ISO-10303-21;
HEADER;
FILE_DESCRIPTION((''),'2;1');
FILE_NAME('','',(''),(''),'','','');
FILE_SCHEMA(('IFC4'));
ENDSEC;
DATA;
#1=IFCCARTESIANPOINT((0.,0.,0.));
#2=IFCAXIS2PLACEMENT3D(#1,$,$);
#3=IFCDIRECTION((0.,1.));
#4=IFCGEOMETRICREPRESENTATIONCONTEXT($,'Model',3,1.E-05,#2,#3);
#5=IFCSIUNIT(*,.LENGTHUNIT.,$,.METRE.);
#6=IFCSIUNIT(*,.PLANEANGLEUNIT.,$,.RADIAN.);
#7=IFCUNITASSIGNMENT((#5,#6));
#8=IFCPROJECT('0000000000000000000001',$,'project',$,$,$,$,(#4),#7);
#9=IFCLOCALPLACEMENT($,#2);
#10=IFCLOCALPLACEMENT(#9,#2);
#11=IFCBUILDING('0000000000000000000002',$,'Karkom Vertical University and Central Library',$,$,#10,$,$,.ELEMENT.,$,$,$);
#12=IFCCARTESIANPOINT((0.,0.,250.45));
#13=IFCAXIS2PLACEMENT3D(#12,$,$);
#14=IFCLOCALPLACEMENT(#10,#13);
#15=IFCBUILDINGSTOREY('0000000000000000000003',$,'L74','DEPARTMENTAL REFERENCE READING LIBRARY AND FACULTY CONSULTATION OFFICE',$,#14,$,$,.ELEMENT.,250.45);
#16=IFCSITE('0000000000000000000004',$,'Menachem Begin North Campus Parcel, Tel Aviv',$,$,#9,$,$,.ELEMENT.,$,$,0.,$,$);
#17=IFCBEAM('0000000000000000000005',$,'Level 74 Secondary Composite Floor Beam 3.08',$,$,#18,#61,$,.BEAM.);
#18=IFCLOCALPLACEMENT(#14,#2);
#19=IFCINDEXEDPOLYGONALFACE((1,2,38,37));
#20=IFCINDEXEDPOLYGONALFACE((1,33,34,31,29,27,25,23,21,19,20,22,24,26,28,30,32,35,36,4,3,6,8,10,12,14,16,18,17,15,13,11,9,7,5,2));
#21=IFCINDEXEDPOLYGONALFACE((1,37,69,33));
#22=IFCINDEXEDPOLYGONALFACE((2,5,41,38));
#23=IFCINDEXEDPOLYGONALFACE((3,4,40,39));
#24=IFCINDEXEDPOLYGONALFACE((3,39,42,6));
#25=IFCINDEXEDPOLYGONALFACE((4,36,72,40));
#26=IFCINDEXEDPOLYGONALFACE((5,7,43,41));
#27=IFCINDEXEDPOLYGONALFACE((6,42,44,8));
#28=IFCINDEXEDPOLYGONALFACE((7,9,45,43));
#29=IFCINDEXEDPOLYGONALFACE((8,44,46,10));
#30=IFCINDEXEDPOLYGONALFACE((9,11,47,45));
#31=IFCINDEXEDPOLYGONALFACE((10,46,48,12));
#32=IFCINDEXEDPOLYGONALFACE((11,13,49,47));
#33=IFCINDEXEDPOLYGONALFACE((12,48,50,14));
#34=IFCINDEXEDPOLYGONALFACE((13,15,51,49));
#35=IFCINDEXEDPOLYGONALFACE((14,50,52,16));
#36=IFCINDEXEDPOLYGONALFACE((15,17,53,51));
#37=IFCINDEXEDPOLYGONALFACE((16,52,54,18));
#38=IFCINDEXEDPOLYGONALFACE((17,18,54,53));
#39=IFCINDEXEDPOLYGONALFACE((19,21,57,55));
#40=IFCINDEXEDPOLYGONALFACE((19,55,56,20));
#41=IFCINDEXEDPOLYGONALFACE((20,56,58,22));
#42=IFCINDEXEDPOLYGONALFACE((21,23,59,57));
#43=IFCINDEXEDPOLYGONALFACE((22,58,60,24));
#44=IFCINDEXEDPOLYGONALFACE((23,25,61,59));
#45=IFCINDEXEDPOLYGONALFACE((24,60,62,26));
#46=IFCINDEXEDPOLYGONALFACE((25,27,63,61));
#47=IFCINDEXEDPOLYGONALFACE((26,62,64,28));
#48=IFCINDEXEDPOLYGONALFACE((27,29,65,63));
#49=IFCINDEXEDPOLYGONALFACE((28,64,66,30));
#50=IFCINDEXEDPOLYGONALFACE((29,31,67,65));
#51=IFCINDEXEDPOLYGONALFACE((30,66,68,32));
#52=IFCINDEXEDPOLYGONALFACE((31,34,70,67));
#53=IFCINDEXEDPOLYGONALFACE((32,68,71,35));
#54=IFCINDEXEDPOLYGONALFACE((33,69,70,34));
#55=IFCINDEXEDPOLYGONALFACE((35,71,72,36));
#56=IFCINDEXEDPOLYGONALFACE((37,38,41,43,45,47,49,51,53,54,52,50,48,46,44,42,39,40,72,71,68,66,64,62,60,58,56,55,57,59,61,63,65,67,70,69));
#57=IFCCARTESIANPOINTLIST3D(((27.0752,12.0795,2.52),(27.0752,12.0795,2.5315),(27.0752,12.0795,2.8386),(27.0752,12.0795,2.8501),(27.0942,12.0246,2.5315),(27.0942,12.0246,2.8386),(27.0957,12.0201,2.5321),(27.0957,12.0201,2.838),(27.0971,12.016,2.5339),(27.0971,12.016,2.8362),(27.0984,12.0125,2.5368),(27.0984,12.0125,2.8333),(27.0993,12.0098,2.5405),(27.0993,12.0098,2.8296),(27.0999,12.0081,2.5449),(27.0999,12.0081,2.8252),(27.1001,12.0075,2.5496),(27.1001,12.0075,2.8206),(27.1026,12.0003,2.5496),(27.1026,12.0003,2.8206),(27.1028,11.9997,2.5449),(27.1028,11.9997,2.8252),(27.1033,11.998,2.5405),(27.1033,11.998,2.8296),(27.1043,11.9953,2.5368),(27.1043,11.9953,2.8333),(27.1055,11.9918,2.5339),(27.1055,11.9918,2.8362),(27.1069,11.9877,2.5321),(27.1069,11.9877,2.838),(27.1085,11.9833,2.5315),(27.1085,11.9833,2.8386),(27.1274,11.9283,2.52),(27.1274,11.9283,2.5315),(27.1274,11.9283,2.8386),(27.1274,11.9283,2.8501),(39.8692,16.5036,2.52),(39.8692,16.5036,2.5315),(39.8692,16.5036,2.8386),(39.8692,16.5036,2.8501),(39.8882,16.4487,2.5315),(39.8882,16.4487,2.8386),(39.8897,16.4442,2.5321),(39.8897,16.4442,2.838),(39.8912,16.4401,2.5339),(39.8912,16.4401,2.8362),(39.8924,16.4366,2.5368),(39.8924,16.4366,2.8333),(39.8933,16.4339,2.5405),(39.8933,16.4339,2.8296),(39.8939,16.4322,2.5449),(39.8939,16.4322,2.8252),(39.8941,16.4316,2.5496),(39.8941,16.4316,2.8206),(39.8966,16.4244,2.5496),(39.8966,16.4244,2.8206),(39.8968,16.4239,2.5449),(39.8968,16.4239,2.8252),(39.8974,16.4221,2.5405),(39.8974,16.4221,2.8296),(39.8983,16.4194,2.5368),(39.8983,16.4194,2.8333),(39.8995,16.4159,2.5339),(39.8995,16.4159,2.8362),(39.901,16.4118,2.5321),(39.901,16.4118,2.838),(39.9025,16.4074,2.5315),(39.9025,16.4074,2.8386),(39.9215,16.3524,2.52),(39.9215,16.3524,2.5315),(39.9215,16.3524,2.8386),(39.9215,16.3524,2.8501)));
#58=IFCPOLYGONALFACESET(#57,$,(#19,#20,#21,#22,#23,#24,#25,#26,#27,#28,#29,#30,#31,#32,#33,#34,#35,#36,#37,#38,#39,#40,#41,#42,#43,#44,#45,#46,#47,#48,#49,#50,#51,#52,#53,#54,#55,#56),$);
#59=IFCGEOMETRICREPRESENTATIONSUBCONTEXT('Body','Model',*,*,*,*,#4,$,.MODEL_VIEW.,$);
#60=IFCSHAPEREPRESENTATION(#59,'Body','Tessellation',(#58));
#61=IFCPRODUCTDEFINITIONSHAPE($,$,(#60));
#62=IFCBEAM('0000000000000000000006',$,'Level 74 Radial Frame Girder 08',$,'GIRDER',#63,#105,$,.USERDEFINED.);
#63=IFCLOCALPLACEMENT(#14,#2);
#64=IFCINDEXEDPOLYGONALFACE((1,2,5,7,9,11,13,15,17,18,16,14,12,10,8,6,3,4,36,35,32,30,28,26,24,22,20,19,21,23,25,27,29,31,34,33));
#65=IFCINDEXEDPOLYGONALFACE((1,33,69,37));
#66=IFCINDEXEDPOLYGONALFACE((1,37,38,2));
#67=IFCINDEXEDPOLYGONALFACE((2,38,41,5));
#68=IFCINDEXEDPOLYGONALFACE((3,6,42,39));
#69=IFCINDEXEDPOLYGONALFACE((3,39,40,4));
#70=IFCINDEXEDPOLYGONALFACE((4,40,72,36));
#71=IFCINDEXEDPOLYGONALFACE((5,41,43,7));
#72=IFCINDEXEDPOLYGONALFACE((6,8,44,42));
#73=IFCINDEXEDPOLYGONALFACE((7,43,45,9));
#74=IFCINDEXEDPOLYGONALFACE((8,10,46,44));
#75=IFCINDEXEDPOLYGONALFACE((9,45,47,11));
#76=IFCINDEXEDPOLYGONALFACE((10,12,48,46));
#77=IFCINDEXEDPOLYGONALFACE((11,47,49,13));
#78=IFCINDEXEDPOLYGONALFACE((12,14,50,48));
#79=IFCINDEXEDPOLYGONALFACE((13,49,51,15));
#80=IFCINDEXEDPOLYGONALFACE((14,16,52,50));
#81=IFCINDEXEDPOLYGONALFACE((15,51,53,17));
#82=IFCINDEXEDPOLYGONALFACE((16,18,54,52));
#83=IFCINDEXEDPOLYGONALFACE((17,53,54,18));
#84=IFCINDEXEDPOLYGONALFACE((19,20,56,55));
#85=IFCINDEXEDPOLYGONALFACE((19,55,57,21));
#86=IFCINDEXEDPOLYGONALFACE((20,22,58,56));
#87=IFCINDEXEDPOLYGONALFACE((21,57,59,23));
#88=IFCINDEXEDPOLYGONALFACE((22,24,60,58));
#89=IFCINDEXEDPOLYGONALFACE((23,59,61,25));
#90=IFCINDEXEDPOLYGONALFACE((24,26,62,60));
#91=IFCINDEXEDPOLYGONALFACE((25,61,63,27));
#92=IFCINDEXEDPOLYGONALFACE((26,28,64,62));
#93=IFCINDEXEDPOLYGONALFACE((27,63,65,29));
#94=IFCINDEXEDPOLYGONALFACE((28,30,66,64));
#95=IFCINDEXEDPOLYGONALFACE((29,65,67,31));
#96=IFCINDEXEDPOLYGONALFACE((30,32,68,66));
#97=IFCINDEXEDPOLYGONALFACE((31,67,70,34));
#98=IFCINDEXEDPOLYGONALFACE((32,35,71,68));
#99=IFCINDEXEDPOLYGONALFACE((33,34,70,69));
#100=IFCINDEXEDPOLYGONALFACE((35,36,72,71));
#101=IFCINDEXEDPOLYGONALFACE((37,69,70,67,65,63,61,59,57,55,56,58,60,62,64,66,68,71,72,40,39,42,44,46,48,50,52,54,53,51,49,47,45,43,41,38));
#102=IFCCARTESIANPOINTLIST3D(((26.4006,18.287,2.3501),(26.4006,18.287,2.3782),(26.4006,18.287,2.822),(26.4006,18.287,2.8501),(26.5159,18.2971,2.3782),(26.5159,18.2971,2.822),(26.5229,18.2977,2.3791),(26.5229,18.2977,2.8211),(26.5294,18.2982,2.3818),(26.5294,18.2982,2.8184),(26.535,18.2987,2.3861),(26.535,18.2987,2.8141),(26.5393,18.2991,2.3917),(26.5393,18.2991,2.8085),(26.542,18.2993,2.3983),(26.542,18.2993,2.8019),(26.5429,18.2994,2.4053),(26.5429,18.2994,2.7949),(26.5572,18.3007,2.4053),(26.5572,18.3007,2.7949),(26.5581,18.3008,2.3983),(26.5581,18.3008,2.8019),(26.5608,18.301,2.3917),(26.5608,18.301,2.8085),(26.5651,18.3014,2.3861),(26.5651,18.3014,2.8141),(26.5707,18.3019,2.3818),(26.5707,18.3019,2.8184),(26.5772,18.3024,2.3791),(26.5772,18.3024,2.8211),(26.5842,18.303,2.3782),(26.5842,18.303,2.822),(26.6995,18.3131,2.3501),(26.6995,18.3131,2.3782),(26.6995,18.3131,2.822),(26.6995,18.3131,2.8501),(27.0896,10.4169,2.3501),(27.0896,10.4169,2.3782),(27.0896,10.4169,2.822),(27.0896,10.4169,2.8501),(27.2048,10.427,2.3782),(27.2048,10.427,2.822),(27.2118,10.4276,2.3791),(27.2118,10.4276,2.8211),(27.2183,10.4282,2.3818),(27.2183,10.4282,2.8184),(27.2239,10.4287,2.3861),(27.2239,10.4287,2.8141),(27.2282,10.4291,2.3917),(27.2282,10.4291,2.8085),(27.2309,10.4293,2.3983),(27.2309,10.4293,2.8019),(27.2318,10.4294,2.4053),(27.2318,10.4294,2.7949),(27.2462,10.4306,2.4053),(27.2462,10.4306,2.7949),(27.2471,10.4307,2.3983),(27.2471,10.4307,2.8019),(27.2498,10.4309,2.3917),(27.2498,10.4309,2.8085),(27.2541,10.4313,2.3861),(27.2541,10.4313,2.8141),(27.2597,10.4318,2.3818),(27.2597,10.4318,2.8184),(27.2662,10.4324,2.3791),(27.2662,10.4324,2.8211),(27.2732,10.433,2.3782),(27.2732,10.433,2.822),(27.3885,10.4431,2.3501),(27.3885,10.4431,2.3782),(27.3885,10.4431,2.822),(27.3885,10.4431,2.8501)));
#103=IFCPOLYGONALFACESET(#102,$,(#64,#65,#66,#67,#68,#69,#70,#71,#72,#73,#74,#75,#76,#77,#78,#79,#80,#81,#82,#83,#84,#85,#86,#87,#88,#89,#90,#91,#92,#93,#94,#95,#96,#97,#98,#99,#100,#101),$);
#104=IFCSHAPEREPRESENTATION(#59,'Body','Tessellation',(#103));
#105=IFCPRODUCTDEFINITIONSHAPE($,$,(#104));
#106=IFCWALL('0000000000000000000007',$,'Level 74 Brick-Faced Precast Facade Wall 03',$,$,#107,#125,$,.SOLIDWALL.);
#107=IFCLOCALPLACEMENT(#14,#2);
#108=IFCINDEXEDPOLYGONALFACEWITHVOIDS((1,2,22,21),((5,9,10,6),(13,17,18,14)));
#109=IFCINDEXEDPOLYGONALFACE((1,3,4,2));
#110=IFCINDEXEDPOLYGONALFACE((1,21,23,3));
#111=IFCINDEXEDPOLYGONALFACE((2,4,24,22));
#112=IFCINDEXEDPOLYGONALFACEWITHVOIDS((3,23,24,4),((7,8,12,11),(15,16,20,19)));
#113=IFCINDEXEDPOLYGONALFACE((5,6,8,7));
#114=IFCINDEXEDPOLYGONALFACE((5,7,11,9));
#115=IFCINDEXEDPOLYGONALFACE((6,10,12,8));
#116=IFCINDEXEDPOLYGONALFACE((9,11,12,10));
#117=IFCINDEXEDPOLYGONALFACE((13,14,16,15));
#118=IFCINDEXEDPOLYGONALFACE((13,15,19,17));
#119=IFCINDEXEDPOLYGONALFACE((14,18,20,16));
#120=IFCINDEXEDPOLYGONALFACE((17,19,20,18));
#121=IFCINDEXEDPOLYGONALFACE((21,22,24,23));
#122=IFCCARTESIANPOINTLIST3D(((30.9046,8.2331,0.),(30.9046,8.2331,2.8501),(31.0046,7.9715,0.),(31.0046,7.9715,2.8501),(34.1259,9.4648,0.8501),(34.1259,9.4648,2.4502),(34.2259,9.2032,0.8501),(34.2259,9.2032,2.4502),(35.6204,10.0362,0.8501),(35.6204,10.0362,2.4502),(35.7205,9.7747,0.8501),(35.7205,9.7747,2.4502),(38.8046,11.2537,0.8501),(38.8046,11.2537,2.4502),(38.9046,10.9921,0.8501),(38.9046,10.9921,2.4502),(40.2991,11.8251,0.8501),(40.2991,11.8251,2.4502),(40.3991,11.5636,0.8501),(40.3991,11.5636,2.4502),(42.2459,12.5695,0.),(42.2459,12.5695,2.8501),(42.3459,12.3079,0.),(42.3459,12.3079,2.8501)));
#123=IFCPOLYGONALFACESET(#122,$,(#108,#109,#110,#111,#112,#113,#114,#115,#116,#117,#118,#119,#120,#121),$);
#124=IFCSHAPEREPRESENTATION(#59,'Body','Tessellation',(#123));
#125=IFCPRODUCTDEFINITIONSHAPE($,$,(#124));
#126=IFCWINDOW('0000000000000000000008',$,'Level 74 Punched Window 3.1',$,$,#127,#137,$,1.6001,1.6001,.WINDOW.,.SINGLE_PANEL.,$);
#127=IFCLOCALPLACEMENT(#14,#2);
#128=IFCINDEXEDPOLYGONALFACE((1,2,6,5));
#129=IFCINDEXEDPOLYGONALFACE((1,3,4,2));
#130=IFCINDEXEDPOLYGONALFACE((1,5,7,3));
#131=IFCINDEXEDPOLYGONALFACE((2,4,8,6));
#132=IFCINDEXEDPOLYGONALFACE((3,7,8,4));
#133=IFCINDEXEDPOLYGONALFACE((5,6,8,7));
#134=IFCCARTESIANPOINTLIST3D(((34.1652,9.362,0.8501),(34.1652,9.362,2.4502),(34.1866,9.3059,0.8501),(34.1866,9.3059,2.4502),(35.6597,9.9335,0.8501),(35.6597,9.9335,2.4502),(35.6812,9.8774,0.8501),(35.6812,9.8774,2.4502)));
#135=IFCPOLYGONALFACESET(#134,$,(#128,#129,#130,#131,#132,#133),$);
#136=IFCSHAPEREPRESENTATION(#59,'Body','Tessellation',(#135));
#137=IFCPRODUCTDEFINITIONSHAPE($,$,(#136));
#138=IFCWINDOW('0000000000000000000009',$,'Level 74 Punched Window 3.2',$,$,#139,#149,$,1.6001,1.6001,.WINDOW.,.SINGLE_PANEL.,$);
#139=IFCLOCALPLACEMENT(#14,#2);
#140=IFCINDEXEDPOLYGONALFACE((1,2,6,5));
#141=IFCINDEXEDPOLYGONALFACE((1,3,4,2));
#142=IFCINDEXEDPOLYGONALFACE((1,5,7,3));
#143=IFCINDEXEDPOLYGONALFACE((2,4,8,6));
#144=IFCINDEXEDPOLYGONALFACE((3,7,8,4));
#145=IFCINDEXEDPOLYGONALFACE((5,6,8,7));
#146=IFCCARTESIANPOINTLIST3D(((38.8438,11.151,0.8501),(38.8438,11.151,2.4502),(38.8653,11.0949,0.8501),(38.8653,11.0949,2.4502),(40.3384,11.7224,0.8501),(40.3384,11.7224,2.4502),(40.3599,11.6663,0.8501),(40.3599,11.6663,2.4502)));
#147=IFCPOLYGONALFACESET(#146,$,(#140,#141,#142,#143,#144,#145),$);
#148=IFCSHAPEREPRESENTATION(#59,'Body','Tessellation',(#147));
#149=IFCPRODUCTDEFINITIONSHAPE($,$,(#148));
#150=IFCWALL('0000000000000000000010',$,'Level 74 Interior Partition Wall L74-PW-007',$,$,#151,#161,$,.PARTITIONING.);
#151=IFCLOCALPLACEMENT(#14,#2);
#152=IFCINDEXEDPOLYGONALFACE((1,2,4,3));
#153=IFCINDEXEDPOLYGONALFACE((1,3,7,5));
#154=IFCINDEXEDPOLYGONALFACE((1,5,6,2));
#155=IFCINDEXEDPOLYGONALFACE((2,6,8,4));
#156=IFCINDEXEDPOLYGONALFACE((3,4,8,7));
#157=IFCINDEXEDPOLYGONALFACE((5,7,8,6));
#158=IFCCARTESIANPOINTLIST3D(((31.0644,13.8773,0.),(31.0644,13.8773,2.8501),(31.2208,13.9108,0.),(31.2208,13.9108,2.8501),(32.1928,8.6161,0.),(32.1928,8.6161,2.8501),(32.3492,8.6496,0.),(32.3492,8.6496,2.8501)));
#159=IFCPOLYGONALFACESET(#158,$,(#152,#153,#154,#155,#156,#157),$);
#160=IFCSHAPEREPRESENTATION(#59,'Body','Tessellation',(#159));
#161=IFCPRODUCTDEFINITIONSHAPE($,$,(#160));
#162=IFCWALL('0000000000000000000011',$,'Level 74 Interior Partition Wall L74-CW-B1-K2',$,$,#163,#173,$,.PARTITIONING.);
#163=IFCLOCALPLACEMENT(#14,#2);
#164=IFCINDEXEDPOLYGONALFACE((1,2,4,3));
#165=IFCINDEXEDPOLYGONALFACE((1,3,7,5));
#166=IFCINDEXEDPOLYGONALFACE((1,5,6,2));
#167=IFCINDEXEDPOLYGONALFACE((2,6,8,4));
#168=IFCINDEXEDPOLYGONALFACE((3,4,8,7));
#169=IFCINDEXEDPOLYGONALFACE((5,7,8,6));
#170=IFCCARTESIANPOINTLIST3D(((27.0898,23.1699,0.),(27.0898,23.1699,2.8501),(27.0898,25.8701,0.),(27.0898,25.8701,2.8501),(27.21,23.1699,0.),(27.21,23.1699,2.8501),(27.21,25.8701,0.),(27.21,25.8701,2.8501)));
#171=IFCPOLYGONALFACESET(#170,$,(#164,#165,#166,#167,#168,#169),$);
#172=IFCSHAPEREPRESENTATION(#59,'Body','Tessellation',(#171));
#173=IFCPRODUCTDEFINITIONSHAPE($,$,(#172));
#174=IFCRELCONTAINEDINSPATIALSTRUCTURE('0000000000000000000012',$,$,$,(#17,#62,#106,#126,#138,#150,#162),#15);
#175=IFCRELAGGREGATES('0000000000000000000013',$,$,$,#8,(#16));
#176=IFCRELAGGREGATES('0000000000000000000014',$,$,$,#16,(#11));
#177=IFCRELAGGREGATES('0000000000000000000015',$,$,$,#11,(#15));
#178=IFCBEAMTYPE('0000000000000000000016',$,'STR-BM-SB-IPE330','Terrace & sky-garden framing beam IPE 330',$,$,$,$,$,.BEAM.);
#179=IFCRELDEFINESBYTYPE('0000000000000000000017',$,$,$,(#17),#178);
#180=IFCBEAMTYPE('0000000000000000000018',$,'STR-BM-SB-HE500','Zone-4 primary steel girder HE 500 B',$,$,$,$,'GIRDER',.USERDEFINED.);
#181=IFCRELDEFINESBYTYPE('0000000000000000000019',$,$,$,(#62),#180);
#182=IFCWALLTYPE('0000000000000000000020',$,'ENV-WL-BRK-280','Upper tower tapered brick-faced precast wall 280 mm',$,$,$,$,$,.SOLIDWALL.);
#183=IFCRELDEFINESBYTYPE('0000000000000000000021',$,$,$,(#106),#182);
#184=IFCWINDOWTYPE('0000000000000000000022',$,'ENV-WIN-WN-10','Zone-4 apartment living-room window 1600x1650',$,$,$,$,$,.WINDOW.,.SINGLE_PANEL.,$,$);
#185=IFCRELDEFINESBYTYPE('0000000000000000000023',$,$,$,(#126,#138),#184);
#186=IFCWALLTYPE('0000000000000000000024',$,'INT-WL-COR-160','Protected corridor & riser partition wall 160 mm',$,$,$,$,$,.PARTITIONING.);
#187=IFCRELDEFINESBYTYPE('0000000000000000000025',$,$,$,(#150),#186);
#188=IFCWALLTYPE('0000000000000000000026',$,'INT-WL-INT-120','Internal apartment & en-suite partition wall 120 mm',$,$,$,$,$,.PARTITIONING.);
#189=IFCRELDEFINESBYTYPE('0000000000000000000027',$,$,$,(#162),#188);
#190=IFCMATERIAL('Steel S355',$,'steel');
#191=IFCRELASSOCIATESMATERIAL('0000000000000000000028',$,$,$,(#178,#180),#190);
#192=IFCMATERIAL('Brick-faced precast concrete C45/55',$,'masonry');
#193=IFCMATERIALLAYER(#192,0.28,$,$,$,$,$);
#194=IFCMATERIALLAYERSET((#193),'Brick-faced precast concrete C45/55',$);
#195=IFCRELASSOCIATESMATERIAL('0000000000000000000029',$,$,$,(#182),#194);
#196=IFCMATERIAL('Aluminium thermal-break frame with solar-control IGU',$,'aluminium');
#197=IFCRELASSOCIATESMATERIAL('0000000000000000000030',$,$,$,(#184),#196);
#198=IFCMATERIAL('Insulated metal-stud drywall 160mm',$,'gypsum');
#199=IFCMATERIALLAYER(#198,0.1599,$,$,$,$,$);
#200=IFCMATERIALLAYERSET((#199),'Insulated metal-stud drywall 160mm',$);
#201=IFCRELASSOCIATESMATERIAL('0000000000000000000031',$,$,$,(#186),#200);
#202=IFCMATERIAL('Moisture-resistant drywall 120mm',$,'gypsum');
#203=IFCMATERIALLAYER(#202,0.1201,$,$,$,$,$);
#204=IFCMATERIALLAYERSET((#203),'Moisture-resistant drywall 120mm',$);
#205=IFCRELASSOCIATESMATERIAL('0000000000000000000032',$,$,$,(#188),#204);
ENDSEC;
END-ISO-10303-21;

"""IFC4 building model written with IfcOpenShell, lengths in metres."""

from ifc_helpers import new_model, si_unit, direction, frame, frame_2d, origin, origin_with_axes, origin_2d, place, context, subcontext, project, spatial, rectangle, i_section, extrude, source, transform, mapped, material, layer, layer_set, material_profile, profile_set, type_object, element, fill, save


model = new_model("IFC4")

# Units and contexts
model_context = context("Model", 3, precision=1e-05, world=origin(), true_north=direction((0.0, 1.0)))
body_context = subcontext(model_context, "Body", "Model", "MODEL_VIEW")
ifc_project = project(units=[si_unit("LENGTHUNIT", "METRE"), si_unit("PLANEANGLEUNIT", "RADIAN")], contexts=[model_context])

# Site, building, storey
site_placement = place(None, origin())
site = spatial("IfcSite", under=ifc_project, at=site_placement, Name="Menachem Begin North Campus Parcel, Tel Aviv", CompositionType="ELEMENT", RefElevation=0.0)
building_placement = place(site_placement, origin())
building = spatial("IfcBuilding", under=site, at=building_placement, Name="Karkom Vertical University and Central Library", CompositionType="ELEMENT")
storey_placement = place(building_placement, frame((0.0, 0.0, 250.45)))
storey = spatial("IfcBuildingStorey", under=building, at=storey_placement, Name="L74", Description="DEPARTMENTAL REFERENCE READING LIBRARY AND FACULTY CONSULTATION OFFICE", CompositionType="ELEMENT", Elevation=250.45)

# Beams
ifc_material_1 = material(Name="Steel S355", Category="steel")
ifc_material_profile_1 = material_profile(ifc_material_1, i_section(OverallWidth=0.1599, OverallDepth=0.3301, WebThickness=0.0076, FlangeThickness=0.0115, FilletRadius=0.0181, at=origin_2d()), Name="IPE 330")
ifc_profile_set_1 = profile_set([ifc_material_profile_1], Name="Steel S355")
beam_type_1 = type_object("IfcBeamType", Name="STR-BM-SB-IPE330", Description="Terrace & sky-garden framing beam IPE 330", PredefinedType="BEAM", material=ifc_profile_set_1)
shared_shape_1 = source(origin_with_axes(), body_context, "Body", "SweptSolid", [
    extrude(i_section(OverallWidth=0.1599, OverallDepth=0.3301, WebThickness=0.0076, FlangeThickness=0.0115, FilletRadius=0.0181, at=origin_2d()), origin(), (0.0, 0.0, 1.0), 13.5374),
])
beam_1_placement = place(storey_placement, frame((27.1013, 12.0039, 2.6851), z_axis=(0.945091, 0.326807, 0.0), x_axis=(-0.326807, 0.945091, 0.0)))
element("IfcBeam", 1, at=beam_1_placement, inside=storey, type_object=beam_type_1, Name="Level 74 Secondary Composite Floor Beam 3.08", PredefinedType="BEAM", context=body_context, shape_type="MappedRepresentation", body=[
    mapped(shared_shape_1, transform((0.0, 0.0, 0.0), scale=1.0)),
])
ifc_material_profile_2 = material_profile(ifc_material_1, i_section(OverallWidth=0.3, OverallDepth=0.5, WebThickness=0.0144, FlangeThickness=0.0281, FilletRadius=0.0271, at=origin_2d()), Name="HE 500 B")
ifc_profile_set_2 = profile_set([ifc_material_profile_2], Name="Steel S355")
beam_type_2 = type_object("IfcBeamType", Name="STR-BM-SB-HE500", Description="Zone-4 primary steel girder HE 500 B", ElementType="GIRDER", PredefinedType="USERDEFINED", material=ifc_profile_set_2)
shared_shape_2 = source(origin_with_axes(), body_context, "Body", "SweptSolid", [
    extrude(i_section(OverallWidth=0.3, OverallDepth=0.5, WebThickness=0.0144, FlangeThickness=0.0281, FilletRadius=0.0271, at=origin_2d()), origin(), (0.0, 0.0, 1.0), 7.9001),
])
beam_2_placement = place(storey_placement, frame((26.55, 18.3, 2.6001), z_axis=(0.087208, -0.99619, 0.0), x_axis=(0.99619, 0.087208, 0.0)))
element("IfcBeam", 2, at=beam_2_placement, inside=storey, type_object=beam_type_2, Name="Level 74 Radial Frame Girder 08", ObjectType="GIRDER", PredefinedType="USERDEFINED", context=body_context, shape_type="MappedRepresentation", body=[
    mapped(shared_shape_2, transform((0.0, 0.0, 0.0), scale=1.0)),
])

# Wall, openings, windows
ifc_material_2 = material(Name="Brick-faced precast concrete C45/55", Category="masonry")
ifc_layer_1 = layer(ifc_material_2, 0.28)
ifc_layer_set_1 = layer_set([ifc_layer_1], Name="Brick-faced precast concrete C45/55")
wall_type_1 = type_object("IfcWallType", Name="ENV-WL-BRK-280", Description="Upper tower tapered brick-faced precast wall 280 mm", PredefinedType="SOLIDWALL", material=ifc_layer_set_1)
wall_1_placement = place(storey_placement, frame((30.9546, 8.1023, 0.0), z_axis=(0.0, 0.0, 1.0), x_axis=(0.934051, 0.357141, 0.0)))
wall_1 = element("IfcWall", 3, at=wall_1_placement, inside=storey, type_object=wall_type_1, Name="Level 74 Brick-Faced Precast Facade Wall 03", PredefinedType="SOLIDWALL", context=body_context, shape_type="SweptSolid", body=[
    extrude(rectangle(XDim=12.1421, YDim=0.28, at=frame_2d((6.071, 0.0))), origin(), (0.0, 0.0, 1.0), 2.8501),
])
opening_1_placement = place(wall_1_placement, frame((3.4487, 0.0, 0.8501)))
opening_1 = element("IfcOpeningElement", 4, at=opening_1_placement, cuts=wall_1, PredefinedType="OPENING", context=body_context, shape_type="SweptSolid", body=[
    extrude(rectangle(XDim=1.6001, YDim=1.6001, at=frame_2d((0.8, 0.8))), frame((0.0, 0.1499, 0.0), z_axis=(0.0, -1.0, 0.0), x_axis=(1.0, 0.0, 0.0)), (0.0, 0.0, 1.0), 0.3),
])
opening_2_placement = place(wall_1_placement, frame((8.4578, 0.0, 0.8501)))
opening_2 = element("IfcOpeningElement", 5, at=opening_2_placement, cuts=wall_1, PredefinedType="OPENING", context=body_context, shape_type="SweptSolid", body=[
    extrude(rectangle(XDim=1.6001, YDim=1.6001, at=frame_2d((0.8, 0.8))), frame((0.0, 0.1499, 0.0), z_axis=(0.0, -1.0, 0.0), x_axis=(1.0, 0.0, 0.0)), (0.0, 0.0, 1.0), 0.3),
])
ifc_material_3 = material(Name="Aluminium thermal-break frame with solar-control IGU", Category="aluminium")
window_type = type_object("IfcWindowType", Name="ENV-WIN-WN-10", Description="Zone-4 apartment living-room window 1600x1650", PartitioningType="SINGLE_PANEL", PredefinedType="WINDOW", material=ifc_material_3)
shared_shape_3 = source(origin_with_axes(), body_context, "Body", "SweptSolid", [
    extrude(rectangle(XDim=1.6001, YDim=1.6001, at=frame_2d((0.8, 0.8))), frame((0.0, 0.03, 0.0), z_axis=(0.0, -1.0, 0.0), x_axis=(1.0, 0.0, 0.0)), (0.0, 0.0, 1.0), 0.0601),
])
window_1_placement = place(opening_1_placement, origin())
window_1 = element("IfcWindow", 6, at=window_1_placement, inside=storey, type_object=window_type, Name="Level 74 Punched Window 3.1", OverallHeight=1.6001, OverallWidth=1.6001, PartitioningType="SINGLE_PANEL", PredefinedType="WINDOW", context=body_context, shape_type="MappedRepresentation", body=[
    mapped(shared_shape_3, transform((0.0, 0.0, 0.0), scale=1.0)),
])
fill(opening_1, window_1)
window_2_placement = place(opening_2_placement, origin())
window_2 = element("IfcWindow", 7, at=window_2_placement, inside=storey, type_object=window_type, Name="Level 74 Punched Window 3.2", OverallHeight=1.6001, OverallWidth=1.6001, PartitioningType="SINGLE_PANEL", PredefinedType="WINDOW", context=body_context, shape_type="MappedRepresentation", body=[
    mapped(shared_shape_3, transform((0.0, 0.0, 0.0), scale=1.0)),
])
fill(opening_2, window_2)

# Walls
ifc_material_4 = material(Name="Insulated metal-stud drywall 160mm", Category="gypsum")
ifc_layer_2 = layer(ifc_material_4, 0.1599)
ifc_layer_set_2 = layer_set([ifc_layer_2], Name="Insulated metal-stud drywall 160mm")
wall_type_2 = type_object("IfcWallType", Name="INT-WL-COR-160", Description="Protected corridor & riser partition wall 160 mm", PredefinedType="PARTITIONING", material=ifc_layer_set_2)
wall_2_placement = place(storey_placement, frame((31.1426, 13.894, 0.0), z_axis=(0.0, 0.0, 1.0), x_axis=(0.209709, -0.977764, 0.0)))
element("IfcWall", 8, at=wall_2_placement, inside=storey, type_object=wall_type_2, Name="Level 74 Interior Partition Wall L74-PW-007", PredefinedType="PARTITIONING", context=body_context, shape_type="SweptSolid", body=[
    extrude(rectangle(XDim=5.3809, YDim=0.1599, at=frame_2d((2.6904, 0.0))), origin(), (0.0, 0.0, 1.0), 2.8501),
])
ifc_material_5 = material(Name="Moisture-resistant drywall 120mm", Category="gypsum")
ifc_layer_3 = layer(ifc_material_5, 0.1201)
ifc_layer_set_3 = layer_set([ifc_layer_3], Name="Moisture-resistant drywall 120mm")
wall_type_3 = type_object("IfcWallType", Name="INT-WL-INT-120", Description="Internal apartment & en-suite partition wall 120 mm", PredefinedType="PARTITIONING", material=ifc_layer_set_3)
wall_3_placement = place(storey_placement, frame((27.1499, 23.1699, 0.0), z_axis=(0.0, 0.0, 1.0), x_axis=(0.0, 1.0, 0.0)))
element("IfcWall", 9, at=wall_3_placement, inside=storey, type_object=wall_type_3, Name="Level 74 Interior Partition Wall L74-CW-B1-K2", PredefinedType="PARTITIONING", context=body_context, shape_type="SweptSolid", body=[
    extrude(rectangle(XDim=2.7002, YDim=0.1201, at=frame_2d((1.3501, 0.0))), origin(), (0.0, 0.0, 1.0), 2.8501),
])

save(model, "model.ifc")
